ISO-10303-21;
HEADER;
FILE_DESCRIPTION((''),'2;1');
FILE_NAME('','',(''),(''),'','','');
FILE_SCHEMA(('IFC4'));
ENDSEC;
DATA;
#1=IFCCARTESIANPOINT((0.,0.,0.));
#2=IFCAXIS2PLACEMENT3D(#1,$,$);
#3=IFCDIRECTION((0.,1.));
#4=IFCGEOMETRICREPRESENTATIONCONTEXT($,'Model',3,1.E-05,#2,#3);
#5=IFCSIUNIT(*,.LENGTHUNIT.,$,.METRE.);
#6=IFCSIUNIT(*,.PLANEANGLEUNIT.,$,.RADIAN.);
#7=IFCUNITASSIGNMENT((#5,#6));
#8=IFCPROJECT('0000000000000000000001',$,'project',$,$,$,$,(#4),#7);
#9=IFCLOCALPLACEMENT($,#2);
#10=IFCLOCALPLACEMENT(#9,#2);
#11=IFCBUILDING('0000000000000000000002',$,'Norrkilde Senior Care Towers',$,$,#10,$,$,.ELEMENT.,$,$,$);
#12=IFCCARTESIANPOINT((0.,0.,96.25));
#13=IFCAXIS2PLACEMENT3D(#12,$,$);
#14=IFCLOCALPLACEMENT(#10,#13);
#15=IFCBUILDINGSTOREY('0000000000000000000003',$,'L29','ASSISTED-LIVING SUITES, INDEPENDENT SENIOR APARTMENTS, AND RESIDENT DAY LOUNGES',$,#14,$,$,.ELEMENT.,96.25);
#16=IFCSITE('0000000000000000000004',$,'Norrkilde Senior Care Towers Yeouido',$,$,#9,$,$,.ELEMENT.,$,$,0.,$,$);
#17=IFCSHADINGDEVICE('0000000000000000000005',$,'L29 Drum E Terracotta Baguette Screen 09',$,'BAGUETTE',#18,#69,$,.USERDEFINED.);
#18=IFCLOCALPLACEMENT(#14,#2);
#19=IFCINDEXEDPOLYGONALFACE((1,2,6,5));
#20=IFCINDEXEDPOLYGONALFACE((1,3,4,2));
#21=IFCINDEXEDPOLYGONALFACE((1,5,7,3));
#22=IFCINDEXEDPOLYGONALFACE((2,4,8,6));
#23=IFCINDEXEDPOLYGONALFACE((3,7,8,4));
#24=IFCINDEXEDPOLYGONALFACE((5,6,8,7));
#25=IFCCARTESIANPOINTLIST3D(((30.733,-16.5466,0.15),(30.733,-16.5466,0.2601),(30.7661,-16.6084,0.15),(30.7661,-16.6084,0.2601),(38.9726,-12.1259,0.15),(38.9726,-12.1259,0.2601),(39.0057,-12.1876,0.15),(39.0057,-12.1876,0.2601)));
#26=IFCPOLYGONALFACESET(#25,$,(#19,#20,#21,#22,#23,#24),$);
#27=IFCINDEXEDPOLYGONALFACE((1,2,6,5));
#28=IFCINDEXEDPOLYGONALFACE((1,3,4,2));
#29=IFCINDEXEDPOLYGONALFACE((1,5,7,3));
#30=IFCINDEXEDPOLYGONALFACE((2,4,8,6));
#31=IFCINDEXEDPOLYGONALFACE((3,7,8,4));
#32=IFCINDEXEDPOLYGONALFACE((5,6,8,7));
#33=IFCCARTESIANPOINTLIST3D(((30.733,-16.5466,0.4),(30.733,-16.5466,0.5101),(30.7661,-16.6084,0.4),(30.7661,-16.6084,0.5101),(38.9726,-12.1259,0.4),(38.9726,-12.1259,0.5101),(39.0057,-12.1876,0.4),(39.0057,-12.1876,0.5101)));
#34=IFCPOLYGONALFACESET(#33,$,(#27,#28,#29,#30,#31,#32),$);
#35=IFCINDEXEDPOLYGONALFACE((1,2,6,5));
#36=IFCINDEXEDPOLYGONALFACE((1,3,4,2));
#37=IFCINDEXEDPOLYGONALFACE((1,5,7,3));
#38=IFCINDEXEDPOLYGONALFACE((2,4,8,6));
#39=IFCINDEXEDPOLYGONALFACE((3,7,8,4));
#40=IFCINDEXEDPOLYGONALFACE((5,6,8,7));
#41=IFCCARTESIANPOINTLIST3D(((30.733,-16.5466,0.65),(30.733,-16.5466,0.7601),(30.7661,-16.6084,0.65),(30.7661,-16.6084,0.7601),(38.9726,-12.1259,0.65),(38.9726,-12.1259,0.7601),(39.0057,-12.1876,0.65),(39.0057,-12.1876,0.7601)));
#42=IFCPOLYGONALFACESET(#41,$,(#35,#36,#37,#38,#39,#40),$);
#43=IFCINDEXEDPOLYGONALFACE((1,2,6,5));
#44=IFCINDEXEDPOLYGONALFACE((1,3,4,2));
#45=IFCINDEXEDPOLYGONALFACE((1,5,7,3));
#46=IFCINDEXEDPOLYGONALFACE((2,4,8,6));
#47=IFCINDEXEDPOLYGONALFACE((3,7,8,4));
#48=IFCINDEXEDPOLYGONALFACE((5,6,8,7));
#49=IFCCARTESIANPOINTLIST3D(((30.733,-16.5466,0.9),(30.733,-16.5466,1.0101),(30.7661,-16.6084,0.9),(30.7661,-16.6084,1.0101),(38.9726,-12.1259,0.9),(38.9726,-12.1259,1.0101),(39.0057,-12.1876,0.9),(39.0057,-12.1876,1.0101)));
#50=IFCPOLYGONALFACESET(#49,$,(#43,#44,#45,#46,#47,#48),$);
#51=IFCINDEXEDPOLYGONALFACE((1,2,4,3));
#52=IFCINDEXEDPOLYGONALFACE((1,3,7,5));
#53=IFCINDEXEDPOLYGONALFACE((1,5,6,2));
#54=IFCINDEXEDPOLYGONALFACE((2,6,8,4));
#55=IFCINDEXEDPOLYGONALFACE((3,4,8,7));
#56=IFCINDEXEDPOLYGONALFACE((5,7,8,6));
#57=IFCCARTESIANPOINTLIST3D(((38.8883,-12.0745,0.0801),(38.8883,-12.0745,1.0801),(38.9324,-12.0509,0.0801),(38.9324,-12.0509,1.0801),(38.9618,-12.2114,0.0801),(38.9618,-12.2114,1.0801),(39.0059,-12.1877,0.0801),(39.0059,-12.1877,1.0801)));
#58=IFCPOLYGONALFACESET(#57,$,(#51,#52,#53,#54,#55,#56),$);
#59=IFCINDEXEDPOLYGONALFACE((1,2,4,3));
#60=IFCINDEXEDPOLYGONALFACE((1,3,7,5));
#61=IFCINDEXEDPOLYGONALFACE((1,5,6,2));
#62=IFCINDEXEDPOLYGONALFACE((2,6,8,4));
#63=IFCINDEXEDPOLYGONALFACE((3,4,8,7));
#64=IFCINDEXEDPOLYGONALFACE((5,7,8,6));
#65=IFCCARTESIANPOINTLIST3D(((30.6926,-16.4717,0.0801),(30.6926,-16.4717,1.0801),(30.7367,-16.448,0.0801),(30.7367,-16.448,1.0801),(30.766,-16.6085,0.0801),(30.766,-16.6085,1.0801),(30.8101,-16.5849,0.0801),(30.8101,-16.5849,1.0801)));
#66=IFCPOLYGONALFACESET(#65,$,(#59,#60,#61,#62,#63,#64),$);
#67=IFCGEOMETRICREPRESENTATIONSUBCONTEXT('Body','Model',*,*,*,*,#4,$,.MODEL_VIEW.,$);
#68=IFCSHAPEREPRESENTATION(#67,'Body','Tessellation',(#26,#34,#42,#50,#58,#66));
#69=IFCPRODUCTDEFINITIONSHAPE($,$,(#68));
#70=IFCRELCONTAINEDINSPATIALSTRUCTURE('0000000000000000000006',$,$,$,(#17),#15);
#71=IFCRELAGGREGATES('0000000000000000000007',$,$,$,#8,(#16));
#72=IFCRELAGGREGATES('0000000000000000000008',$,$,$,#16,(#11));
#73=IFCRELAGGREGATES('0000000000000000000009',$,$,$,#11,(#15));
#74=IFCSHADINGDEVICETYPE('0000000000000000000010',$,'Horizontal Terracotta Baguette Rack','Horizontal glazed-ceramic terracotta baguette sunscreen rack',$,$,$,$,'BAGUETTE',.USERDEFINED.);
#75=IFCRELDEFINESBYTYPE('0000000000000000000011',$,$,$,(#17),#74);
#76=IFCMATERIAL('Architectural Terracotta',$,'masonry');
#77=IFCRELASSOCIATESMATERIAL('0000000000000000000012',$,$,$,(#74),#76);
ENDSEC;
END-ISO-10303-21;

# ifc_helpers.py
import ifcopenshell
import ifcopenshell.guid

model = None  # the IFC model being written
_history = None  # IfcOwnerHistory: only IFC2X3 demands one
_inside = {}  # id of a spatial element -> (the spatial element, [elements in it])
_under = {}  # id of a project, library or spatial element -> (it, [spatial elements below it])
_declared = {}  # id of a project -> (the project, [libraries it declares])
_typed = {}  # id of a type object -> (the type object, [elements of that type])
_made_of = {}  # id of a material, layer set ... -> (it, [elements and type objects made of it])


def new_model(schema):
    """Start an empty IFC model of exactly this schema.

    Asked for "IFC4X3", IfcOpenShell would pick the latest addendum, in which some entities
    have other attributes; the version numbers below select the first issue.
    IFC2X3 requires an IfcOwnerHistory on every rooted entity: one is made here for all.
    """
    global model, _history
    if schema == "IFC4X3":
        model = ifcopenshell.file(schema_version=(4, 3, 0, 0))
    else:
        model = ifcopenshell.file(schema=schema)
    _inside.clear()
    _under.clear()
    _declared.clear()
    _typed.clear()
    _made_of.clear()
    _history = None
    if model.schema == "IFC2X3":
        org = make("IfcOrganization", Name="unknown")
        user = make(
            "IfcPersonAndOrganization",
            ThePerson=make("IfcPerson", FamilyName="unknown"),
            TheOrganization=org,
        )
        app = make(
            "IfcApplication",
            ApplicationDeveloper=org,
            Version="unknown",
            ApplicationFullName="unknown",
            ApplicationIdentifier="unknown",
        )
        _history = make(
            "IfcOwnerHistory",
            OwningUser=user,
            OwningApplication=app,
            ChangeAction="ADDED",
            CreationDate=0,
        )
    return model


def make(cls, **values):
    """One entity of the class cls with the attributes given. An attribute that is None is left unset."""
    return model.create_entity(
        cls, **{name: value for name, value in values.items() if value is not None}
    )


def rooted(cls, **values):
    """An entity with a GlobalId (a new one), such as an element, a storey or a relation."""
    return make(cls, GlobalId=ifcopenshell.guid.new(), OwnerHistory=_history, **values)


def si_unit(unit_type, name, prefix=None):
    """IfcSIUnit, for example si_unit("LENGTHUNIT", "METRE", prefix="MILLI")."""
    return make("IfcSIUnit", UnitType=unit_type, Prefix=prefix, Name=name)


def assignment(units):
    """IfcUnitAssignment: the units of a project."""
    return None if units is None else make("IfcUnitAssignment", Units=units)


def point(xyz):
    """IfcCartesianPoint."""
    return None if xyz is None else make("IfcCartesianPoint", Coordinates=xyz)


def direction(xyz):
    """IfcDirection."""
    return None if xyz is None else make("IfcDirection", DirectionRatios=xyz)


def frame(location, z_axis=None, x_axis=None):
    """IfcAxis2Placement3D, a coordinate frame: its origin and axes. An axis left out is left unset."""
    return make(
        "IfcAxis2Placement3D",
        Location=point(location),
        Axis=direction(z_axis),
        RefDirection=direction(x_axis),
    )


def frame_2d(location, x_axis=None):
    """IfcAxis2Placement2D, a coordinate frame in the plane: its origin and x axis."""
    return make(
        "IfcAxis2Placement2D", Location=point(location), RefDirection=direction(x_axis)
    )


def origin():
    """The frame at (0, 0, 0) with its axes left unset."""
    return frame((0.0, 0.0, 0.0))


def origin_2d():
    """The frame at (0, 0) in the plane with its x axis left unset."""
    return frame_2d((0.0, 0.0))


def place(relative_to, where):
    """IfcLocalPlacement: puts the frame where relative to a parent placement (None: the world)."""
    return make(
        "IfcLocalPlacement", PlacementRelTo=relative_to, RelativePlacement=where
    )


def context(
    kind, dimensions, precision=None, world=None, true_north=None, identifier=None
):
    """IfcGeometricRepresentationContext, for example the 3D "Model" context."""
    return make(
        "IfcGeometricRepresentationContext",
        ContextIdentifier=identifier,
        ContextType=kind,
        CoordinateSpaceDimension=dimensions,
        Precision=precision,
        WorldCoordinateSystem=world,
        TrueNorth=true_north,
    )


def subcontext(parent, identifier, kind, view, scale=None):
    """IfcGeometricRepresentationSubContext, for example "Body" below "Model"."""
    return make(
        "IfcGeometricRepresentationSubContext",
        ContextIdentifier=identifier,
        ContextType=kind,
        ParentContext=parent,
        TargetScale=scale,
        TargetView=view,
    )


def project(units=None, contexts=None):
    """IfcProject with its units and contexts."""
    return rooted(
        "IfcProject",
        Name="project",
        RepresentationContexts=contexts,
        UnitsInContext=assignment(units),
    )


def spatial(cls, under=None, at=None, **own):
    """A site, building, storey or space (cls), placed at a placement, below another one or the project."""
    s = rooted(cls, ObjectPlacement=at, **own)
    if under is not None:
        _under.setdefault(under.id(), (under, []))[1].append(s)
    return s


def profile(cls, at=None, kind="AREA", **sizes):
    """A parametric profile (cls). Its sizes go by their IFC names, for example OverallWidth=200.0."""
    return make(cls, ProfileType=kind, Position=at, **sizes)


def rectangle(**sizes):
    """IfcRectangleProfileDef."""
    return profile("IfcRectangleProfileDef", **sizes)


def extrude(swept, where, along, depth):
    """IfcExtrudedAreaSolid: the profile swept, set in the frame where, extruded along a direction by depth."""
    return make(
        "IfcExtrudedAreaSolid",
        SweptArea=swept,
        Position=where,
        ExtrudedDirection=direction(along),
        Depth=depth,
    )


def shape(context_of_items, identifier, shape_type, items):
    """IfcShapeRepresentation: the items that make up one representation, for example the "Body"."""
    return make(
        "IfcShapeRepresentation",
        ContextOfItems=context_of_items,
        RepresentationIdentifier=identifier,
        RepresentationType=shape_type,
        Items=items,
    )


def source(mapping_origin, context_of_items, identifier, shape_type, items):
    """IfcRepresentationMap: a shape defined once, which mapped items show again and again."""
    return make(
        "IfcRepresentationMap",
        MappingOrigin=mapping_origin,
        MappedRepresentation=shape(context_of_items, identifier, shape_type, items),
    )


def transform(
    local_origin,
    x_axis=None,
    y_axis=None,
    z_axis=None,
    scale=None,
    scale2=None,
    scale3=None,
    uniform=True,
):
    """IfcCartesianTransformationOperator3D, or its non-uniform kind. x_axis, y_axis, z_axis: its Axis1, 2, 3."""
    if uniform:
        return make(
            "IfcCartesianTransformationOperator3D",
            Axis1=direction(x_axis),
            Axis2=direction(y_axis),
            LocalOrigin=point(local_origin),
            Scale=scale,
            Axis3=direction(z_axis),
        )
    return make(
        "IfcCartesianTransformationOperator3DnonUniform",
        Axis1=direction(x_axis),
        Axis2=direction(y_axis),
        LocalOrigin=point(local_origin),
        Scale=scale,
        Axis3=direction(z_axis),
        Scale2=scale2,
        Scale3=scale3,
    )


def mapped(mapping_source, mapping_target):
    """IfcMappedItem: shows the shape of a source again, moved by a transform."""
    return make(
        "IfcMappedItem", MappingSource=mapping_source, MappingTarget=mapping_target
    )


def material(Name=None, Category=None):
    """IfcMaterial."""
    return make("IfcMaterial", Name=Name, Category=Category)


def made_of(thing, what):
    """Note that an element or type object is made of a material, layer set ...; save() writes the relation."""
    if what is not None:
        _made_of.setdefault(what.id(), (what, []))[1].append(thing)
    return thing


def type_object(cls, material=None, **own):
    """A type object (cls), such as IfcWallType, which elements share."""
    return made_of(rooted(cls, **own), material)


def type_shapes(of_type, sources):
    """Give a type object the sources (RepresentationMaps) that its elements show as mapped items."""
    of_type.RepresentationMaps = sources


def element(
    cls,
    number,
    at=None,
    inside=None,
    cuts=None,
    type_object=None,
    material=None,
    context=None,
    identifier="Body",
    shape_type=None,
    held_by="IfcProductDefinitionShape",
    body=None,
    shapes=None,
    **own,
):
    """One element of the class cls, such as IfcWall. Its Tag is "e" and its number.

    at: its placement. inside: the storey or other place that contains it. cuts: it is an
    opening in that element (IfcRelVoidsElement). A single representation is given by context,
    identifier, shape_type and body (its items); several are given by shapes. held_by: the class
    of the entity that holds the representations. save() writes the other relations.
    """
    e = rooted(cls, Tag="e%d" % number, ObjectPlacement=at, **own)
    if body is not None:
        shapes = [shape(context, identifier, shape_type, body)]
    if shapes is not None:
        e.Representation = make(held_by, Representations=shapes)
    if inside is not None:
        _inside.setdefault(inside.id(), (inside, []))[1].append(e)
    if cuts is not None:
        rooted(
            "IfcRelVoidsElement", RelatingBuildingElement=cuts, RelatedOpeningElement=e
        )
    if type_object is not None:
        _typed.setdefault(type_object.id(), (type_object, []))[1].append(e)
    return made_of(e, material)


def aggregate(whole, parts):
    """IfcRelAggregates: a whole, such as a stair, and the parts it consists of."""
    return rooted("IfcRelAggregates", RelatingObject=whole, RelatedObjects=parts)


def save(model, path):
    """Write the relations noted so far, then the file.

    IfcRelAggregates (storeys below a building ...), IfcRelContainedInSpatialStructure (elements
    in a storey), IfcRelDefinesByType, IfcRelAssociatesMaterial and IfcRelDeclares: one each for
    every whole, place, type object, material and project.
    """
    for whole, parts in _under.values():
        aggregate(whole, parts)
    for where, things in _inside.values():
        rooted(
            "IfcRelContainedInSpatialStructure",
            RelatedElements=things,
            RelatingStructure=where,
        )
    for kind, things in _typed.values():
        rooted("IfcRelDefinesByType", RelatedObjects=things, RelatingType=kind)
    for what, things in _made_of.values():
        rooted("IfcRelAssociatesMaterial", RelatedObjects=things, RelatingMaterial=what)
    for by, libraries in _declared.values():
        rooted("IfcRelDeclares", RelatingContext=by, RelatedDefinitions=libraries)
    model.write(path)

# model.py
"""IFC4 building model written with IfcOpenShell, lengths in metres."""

from ifc_helpers import new_model, si_unit, direction, frame, origin, origin_2d, place, context, subcontext, project, spatial, rectangle, extrude, source, transform, mapped, material, type_object, type_shapes, element, save


model = new_model("IFC4")

# Units and contexts
model_context = context("Model", 3, precision=1e-05, world=origin(), true_north=direction((0.0, 1.0)))
body_context = subcontext(model_context, "Body", "Model", "MODEL_VIEW")
ifc_project = project(units=[si_unit("LENGTHUNIT", "METRE"), si_unit("PLANEANGLEUNIT", "RADIAN")], contexts=[model_context])

# Site, building, storey
site_placement = place(None, origin())
site = spatial("IfcSite", under=ifc_project, at=site_placement, Name="Norrkilde Senior Care Towers Yeouido", CompositionType="ELEMENT", RefElevation=0.0)
building_placement = place(site_placement, origin())
building = spatial("IfcBuilding", under=site, at=building_placement, Name="Norrkilde Senior Care Towers", CompositionType="ELEMENT")
storey_placement = place(building_placement, frame((0.0, 0.0, 96.25)))
storey = spatial("IfcBuildingStorey", under=building, at=storey_placement, Name="L29", Description="ASSISTED-LIVING SUITES, INDEPENDENT SENIOR APARTMENTS, AND RESIDENT DAY LOUNGES", CompositionType="ELEMENT", Elevation=96.25)

# Shading device
ifc_material_1 = material(Name="Architectural Terracotta", Category="masonry")
shading_device_type = type_object("IfcShadingDeviceType", Name="Horizontal Terracotta Baguette Rack", Description="Horizontal glazed-ceramic terracotta baguette sunscreen rack", ElementType="BAGUETTE", PredefinedType="USERDEFINED", material=ifc_material_1)
shared_shape_1 = source(origin(), body_context, "Body", "SweptSolid", [
    extrude(rectangle(XDim=0.0701, YDim=0.1101, at=origin_2d()), frame((0.0, 0.0901, 0.125), z_axis=(1.0, 0.0, 0.0), x_axis=(0.0, 1.0, 0.0)), (0.0, 0.0, 1.0), 9.3506),
    extrude(rectangle(XDim=0.0701, YDim=0.1101, at=origin_2d()), frame((0.0, 0.0901, 0.375), z_axis=(1.0, 0.0, 0.0), x_axis=(0.0, 1.0, 0.0)), (0.0, 0.0, 1.0), 9.3506),
    extrude(rectangle(XDim=0.0701, YDim=0.1101, at=origin_2d()), frame((0.0, 0.0901, 0.625), z_axis=(1.0, 0.0, 0.0), x_axis=(0.0, 1.0, 0.0)), (0.0, 0.0, 1.0), 9.3506),
    extrude(rectangle(XDim=0.0701, YDim=0.1101, at=origin_2d()), frame((0.0, 0.0901, 0.875), z_axis=(1.0, 0.0, 0.0), x_axis=(0.0, 1.0, 0.0)), (0.0, 0.0, 1.0), 9.3506),
    extrude(rectangle(XDim=0.05, YDim=0.1553, at=origin_2d()), frame((0.0249, 0.0476, 0.0)), (0.0, 0.0, 1.0), 1.0),
    extrude(rectangle(XDim=0.05, YDim=0.1553, at=origin_2d()), frame((9.3257, 0.0476, 0.0)), (0.0, 0.0, 1.0), 1.0),
])
type_shapes(shading_device_type, [shared_shape_1])
shading_device_placement = place(storey_placement, frame((38.9465, -12.0774, 0.0801), z_axis=(0.0, 0.0, 1.0), x_axis=(-0.881175, -0.472768, 0.0)))
element("IfcShadingDevice", 1, at=shading_device_placement, inside=storey, type_object=shading_device_type, Name="L29 Drum E Terracotta Baguette Screen 09", ObjectType="BAGUETTE", PredefinedType="USERDEFINED", context=body_context, shape_type="MappedRepresentation", body=[
    mapped(shared_shape_1, transform((0.0, 0.0, 0.0), x_axis=(1.0, 0.0, 0.0), y_axis=(0.0, 1.0, 0.0), z_axis=(0.0, 0.0, 1.0), scale=1.0)),
])

save(model, "model.ifc")
